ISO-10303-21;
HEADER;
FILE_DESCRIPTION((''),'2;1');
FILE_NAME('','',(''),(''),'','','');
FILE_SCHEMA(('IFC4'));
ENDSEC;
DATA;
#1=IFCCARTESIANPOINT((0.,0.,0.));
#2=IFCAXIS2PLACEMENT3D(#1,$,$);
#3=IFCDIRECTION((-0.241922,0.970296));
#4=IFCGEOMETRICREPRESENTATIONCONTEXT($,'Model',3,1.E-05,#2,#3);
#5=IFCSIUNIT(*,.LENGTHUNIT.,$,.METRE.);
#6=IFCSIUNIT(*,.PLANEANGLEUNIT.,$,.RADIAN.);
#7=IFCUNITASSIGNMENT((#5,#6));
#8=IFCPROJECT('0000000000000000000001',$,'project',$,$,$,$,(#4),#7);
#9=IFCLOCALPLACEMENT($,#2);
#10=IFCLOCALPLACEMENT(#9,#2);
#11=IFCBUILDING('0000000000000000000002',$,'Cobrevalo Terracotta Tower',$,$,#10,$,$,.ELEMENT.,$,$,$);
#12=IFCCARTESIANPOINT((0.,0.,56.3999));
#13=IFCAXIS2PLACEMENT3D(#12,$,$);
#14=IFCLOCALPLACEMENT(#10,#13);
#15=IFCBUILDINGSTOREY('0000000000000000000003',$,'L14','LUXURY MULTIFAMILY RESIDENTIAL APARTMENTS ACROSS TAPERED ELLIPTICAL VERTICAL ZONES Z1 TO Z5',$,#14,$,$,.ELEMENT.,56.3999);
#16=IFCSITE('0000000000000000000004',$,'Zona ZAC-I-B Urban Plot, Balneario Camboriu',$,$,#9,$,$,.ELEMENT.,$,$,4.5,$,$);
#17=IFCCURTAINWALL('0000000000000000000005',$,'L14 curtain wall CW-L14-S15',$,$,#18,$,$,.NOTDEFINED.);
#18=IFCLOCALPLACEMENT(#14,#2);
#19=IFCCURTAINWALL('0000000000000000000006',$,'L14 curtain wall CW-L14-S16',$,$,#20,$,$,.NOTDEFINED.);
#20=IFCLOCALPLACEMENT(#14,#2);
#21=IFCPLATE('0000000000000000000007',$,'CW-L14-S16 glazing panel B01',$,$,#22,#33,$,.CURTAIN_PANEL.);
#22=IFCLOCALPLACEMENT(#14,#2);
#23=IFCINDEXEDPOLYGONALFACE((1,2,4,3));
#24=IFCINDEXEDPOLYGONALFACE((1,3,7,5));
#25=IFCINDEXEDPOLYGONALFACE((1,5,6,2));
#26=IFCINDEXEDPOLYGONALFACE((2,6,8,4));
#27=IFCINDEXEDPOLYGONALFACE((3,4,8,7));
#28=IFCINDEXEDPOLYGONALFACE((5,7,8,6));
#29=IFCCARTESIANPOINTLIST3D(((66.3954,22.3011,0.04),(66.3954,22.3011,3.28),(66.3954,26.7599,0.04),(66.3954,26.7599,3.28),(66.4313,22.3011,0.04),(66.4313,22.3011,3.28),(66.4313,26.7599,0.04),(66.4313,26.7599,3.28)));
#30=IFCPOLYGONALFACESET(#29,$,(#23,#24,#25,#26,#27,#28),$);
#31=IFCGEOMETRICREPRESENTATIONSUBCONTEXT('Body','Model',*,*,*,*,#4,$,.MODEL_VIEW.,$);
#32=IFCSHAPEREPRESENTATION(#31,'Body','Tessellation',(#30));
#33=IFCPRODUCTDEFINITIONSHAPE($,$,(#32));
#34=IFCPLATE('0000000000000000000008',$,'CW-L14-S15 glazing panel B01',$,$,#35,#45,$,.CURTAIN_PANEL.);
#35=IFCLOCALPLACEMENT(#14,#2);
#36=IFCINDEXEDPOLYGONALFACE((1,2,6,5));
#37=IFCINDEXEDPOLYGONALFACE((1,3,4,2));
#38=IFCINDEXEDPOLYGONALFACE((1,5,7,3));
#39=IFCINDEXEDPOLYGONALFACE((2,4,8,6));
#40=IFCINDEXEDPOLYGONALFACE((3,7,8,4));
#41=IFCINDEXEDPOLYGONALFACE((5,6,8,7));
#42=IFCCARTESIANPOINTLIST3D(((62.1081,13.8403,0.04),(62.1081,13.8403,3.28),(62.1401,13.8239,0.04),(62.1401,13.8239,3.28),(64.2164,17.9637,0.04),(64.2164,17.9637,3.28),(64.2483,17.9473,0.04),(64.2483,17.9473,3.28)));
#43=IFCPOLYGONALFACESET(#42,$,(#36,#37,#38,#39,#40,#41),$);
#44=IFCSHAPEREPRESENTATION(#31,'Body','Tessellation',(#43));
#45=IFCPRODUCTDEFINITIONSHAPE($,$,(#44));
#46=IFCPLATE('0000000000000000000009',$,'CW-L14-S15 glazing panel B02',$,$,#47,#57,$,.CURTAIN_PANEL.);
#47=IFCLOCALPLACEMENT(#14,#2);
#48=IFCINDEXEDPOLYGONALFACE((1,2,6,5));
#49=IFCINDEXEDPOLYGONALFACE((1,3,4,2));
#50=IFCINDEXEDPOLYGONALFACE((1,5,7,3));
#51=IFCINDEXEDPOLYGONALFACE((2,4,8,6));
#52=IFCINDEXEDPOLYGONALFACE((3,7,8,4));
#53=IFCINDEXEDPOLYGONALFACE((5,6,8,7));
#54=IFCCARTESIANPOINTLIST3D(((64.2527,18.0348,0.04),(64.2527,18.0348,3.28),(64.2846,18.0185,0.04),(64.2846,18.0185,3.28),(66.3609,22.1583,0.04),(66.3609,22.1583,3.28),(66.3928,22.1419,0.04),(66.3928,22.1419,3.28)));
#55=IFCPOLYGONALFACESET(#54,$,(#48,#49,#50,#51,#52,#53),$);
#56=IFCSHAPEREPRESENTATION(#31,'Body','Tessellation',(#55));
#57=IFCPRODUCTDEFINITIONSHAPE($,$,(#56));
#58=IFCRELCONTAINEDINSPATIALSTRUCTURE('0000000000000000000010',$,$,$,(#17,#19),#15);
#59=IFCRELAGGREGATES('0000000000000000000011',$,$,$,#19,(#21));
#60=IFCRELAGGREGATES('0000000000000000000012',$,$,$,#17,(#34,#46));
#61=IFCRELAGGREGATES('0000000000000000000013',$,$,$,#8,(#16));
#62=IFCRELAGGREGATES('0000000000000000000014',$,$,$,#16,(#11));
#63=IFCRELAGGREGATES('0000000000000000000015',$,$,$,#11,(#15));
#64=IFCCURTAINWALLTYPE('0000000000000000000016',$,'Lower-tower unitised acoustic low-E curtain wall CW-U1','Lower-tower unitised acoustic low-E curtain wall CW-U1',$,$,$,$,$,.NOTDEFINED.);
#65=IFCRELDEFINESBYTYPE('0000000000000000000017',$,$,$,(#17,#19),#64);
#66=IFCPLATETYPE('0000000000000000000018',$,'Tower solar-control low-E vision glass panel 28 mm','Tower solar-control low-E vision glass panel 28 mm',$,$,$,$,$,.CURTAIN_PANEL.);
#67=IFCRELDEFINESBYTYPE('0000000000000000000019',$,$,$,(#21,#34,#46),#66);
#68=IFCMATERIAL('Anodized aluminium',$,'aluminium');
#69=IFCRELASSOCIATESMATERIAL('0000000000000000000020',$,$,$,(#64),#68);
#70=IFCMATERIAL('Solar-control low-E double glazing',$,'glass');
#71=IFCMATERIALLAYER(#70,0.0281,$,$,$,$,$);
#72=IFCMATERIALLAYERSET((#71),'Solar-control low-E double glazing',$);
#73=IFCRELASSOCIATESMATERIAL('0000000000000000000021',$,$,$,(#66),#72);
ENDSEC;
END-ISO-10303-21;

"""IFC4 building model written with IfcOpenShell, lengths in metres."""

from ifc_helpers import new_model, si_unit, direction, frame, origin, origin_2d, place, context, subcontext, project, spatial, rectangle, extrude, source, transform, mapped, material, layer, layer_set, type_object, element, aggregate, save


model = new_model("IFC4")

# Units and contexts
model_context = context("Model", 3, precision=1e-05, world=origin(), true_north=direction((-0.241922, 0.970296)))
body_context = subcontext(model_context, "Body", "Model", "MODEL_VIEW")
ifc_project = project(units=[si_unit("LENGTHUNIT", "METRE"), si_unit("PLANEANGLEUNIT", "RADIAN")], contexts=[model_context])

# Site, building, storey
site_placement = place(None, origin())
site = spatial("IfcSite", under=ifc_project, at=site_placement, Name="Zona ZAC-I-B Urban Plot, Balneario Camboriu", CompositionType="ELEMENT", RefElevation=4.5)
building_placement = place(site_placement, origin())
building = spatial("IfcBuilding", under=site, at=building_placement, Name="Cobrevalo Terracotta Tower", CompositionType="ELEMENT")
storey_placement = place(building_placement, frame((0.0, 0.0, 56.3999)))
storey = spatial("IfcBuildingStorey", under=building, at=storey_placement, Name="L14", Description="LUXURY MULTIFAMILY RESIDENTIAL APARTMENTS ACROSS TAPERED ELLIPTICAL VERTICAL ZONES Z1 TO Z5", CompositionType="ELEMENT", Elevation=56.3999)

# Curtain walls
ifc_material_1 = material(Name="Anodized aluminium", Category="aluminium")
curtain_wall_type = type_object("IfcCurtainWallType", Name="Lower-tower unitised acoustic low-E curtain wall CW-U1", Description="Lower-tower unitised acoustic low-E curtain wall CW-U1", PredefinedType="NOTDEFINED", material=ifc_material_1)
curtain_wall_1_placement = place(storey_placement, origin())
curtain_wall_1 = element("IfcCurtainWall", 1, at=curtain_wall_1_placement, inside=storey, type_object=curtain_wall_type, Name="L14 curtain wall CW-L14-S15", PredefinedType="NOTDEFINED")
curtain_wall_2_placement = place(storey_placement, origin())
curtain_wall_2 = element("IfcCurtainWall", 2, at=curtain_wall_2_placement, inside=storey, type_object=curtain_wall_type, Name="L14 curtain wall CW-L14-S16", PredefinedType="NOTDEFINED")

# Plates
ifc_material_2 = material(Name="Solar-control low-E double glazing", Category="glass")
ifc_layer = layer(ifc_material_2, 0.0281)
ifc_layer_set = layer_set([ifc_layer], Name="Solar-control low-E double glazing")
plate_type = type_object("IfcPlateType", Name="Tower solar-control low-E vision glass panel 28 mm", Description="Tower solar-control low-E vision glass panel 28 mm", PredefinedType="CURTAIN_PANEL", material=ifc_layer_set)
shared_shape_1 = source(origin(), body_context, "Body", "SweptSolid", [
    extrude(rectangle(XDim=4.4587, YDim=0.0359, at=origin_2d()), origin(), (0.0, 0.0, 1.0), 3.24),
])
plate_1_placement = place(storey_placement, frame((66.4133, 24.5305, 0.04), z_axis=(0.0, 0.0, 1.0), x_axis=(0.0, 1.0, 0.0)))
plate_1 = element("IfcPlate", 3, at=plate_1_placement, type_object=plate_type, Name="CW-L14-S16 glazing panel B01", PredefinedType="CURTAIN_PANEL", context=body_context, shape_type="MappedRepresentation", body=[
    mapped(shared_shape_1, transform((0.0, 0.0, 0.0), scale=1.0)),
])
aggregate(curtain_wall_2, [plate_1])
shared_shape_2 = source(origin(), body_context, "Body", "SweptSolid", [
    extrude(rectangle(XDim=4.6311, YDim=0.0359, at=origin_2d()), origin(), (0.0, 0.0, 1.0), 3.24),
])
plate_2_placement = place(storey_placement, frame((63.1782, 15.8938, 0.04), z_axis=(0.0, 0.0, 1.0), x_axis=(0.455231, 0.890373, 0.0)))
plate_2 = element("IfcPlate", 4, at=plate_2_placement, type_object=plate_type, Name="CW-L14-S15 glazing panel B01", PredefinedType="CURTAIN_PANEL", context=body_context, shape_type="MappedRepresentation", body=[
    mapped(shared_shape_2, transform((0.0, 0.0, 0.0), scale=1.0)),
])
plate_3_placement = place(storey_placement, frame((65.3228, 20.0884, 0.04), z_axis=(0.0, 0.0, 1.0), x_axis=(0.455231, 0.890373, 0.0)))
plate_3 = element("IfcPlate", 5, at=plate_3_placement, type_object=plate_type, Name="CW-L14-S15 glazing panel B02", PredefinedType="CURTAIN_PANEL", context=body_context, shape_type="MappedRepresentation", body=[
    mapped(shared_shape_2, transform((0.0, 0.0, 0.0), scale=1.0)),
])
aggregate(curtain_wall_1, [plate_2, plate_3])

save(model, "model.ifc")
